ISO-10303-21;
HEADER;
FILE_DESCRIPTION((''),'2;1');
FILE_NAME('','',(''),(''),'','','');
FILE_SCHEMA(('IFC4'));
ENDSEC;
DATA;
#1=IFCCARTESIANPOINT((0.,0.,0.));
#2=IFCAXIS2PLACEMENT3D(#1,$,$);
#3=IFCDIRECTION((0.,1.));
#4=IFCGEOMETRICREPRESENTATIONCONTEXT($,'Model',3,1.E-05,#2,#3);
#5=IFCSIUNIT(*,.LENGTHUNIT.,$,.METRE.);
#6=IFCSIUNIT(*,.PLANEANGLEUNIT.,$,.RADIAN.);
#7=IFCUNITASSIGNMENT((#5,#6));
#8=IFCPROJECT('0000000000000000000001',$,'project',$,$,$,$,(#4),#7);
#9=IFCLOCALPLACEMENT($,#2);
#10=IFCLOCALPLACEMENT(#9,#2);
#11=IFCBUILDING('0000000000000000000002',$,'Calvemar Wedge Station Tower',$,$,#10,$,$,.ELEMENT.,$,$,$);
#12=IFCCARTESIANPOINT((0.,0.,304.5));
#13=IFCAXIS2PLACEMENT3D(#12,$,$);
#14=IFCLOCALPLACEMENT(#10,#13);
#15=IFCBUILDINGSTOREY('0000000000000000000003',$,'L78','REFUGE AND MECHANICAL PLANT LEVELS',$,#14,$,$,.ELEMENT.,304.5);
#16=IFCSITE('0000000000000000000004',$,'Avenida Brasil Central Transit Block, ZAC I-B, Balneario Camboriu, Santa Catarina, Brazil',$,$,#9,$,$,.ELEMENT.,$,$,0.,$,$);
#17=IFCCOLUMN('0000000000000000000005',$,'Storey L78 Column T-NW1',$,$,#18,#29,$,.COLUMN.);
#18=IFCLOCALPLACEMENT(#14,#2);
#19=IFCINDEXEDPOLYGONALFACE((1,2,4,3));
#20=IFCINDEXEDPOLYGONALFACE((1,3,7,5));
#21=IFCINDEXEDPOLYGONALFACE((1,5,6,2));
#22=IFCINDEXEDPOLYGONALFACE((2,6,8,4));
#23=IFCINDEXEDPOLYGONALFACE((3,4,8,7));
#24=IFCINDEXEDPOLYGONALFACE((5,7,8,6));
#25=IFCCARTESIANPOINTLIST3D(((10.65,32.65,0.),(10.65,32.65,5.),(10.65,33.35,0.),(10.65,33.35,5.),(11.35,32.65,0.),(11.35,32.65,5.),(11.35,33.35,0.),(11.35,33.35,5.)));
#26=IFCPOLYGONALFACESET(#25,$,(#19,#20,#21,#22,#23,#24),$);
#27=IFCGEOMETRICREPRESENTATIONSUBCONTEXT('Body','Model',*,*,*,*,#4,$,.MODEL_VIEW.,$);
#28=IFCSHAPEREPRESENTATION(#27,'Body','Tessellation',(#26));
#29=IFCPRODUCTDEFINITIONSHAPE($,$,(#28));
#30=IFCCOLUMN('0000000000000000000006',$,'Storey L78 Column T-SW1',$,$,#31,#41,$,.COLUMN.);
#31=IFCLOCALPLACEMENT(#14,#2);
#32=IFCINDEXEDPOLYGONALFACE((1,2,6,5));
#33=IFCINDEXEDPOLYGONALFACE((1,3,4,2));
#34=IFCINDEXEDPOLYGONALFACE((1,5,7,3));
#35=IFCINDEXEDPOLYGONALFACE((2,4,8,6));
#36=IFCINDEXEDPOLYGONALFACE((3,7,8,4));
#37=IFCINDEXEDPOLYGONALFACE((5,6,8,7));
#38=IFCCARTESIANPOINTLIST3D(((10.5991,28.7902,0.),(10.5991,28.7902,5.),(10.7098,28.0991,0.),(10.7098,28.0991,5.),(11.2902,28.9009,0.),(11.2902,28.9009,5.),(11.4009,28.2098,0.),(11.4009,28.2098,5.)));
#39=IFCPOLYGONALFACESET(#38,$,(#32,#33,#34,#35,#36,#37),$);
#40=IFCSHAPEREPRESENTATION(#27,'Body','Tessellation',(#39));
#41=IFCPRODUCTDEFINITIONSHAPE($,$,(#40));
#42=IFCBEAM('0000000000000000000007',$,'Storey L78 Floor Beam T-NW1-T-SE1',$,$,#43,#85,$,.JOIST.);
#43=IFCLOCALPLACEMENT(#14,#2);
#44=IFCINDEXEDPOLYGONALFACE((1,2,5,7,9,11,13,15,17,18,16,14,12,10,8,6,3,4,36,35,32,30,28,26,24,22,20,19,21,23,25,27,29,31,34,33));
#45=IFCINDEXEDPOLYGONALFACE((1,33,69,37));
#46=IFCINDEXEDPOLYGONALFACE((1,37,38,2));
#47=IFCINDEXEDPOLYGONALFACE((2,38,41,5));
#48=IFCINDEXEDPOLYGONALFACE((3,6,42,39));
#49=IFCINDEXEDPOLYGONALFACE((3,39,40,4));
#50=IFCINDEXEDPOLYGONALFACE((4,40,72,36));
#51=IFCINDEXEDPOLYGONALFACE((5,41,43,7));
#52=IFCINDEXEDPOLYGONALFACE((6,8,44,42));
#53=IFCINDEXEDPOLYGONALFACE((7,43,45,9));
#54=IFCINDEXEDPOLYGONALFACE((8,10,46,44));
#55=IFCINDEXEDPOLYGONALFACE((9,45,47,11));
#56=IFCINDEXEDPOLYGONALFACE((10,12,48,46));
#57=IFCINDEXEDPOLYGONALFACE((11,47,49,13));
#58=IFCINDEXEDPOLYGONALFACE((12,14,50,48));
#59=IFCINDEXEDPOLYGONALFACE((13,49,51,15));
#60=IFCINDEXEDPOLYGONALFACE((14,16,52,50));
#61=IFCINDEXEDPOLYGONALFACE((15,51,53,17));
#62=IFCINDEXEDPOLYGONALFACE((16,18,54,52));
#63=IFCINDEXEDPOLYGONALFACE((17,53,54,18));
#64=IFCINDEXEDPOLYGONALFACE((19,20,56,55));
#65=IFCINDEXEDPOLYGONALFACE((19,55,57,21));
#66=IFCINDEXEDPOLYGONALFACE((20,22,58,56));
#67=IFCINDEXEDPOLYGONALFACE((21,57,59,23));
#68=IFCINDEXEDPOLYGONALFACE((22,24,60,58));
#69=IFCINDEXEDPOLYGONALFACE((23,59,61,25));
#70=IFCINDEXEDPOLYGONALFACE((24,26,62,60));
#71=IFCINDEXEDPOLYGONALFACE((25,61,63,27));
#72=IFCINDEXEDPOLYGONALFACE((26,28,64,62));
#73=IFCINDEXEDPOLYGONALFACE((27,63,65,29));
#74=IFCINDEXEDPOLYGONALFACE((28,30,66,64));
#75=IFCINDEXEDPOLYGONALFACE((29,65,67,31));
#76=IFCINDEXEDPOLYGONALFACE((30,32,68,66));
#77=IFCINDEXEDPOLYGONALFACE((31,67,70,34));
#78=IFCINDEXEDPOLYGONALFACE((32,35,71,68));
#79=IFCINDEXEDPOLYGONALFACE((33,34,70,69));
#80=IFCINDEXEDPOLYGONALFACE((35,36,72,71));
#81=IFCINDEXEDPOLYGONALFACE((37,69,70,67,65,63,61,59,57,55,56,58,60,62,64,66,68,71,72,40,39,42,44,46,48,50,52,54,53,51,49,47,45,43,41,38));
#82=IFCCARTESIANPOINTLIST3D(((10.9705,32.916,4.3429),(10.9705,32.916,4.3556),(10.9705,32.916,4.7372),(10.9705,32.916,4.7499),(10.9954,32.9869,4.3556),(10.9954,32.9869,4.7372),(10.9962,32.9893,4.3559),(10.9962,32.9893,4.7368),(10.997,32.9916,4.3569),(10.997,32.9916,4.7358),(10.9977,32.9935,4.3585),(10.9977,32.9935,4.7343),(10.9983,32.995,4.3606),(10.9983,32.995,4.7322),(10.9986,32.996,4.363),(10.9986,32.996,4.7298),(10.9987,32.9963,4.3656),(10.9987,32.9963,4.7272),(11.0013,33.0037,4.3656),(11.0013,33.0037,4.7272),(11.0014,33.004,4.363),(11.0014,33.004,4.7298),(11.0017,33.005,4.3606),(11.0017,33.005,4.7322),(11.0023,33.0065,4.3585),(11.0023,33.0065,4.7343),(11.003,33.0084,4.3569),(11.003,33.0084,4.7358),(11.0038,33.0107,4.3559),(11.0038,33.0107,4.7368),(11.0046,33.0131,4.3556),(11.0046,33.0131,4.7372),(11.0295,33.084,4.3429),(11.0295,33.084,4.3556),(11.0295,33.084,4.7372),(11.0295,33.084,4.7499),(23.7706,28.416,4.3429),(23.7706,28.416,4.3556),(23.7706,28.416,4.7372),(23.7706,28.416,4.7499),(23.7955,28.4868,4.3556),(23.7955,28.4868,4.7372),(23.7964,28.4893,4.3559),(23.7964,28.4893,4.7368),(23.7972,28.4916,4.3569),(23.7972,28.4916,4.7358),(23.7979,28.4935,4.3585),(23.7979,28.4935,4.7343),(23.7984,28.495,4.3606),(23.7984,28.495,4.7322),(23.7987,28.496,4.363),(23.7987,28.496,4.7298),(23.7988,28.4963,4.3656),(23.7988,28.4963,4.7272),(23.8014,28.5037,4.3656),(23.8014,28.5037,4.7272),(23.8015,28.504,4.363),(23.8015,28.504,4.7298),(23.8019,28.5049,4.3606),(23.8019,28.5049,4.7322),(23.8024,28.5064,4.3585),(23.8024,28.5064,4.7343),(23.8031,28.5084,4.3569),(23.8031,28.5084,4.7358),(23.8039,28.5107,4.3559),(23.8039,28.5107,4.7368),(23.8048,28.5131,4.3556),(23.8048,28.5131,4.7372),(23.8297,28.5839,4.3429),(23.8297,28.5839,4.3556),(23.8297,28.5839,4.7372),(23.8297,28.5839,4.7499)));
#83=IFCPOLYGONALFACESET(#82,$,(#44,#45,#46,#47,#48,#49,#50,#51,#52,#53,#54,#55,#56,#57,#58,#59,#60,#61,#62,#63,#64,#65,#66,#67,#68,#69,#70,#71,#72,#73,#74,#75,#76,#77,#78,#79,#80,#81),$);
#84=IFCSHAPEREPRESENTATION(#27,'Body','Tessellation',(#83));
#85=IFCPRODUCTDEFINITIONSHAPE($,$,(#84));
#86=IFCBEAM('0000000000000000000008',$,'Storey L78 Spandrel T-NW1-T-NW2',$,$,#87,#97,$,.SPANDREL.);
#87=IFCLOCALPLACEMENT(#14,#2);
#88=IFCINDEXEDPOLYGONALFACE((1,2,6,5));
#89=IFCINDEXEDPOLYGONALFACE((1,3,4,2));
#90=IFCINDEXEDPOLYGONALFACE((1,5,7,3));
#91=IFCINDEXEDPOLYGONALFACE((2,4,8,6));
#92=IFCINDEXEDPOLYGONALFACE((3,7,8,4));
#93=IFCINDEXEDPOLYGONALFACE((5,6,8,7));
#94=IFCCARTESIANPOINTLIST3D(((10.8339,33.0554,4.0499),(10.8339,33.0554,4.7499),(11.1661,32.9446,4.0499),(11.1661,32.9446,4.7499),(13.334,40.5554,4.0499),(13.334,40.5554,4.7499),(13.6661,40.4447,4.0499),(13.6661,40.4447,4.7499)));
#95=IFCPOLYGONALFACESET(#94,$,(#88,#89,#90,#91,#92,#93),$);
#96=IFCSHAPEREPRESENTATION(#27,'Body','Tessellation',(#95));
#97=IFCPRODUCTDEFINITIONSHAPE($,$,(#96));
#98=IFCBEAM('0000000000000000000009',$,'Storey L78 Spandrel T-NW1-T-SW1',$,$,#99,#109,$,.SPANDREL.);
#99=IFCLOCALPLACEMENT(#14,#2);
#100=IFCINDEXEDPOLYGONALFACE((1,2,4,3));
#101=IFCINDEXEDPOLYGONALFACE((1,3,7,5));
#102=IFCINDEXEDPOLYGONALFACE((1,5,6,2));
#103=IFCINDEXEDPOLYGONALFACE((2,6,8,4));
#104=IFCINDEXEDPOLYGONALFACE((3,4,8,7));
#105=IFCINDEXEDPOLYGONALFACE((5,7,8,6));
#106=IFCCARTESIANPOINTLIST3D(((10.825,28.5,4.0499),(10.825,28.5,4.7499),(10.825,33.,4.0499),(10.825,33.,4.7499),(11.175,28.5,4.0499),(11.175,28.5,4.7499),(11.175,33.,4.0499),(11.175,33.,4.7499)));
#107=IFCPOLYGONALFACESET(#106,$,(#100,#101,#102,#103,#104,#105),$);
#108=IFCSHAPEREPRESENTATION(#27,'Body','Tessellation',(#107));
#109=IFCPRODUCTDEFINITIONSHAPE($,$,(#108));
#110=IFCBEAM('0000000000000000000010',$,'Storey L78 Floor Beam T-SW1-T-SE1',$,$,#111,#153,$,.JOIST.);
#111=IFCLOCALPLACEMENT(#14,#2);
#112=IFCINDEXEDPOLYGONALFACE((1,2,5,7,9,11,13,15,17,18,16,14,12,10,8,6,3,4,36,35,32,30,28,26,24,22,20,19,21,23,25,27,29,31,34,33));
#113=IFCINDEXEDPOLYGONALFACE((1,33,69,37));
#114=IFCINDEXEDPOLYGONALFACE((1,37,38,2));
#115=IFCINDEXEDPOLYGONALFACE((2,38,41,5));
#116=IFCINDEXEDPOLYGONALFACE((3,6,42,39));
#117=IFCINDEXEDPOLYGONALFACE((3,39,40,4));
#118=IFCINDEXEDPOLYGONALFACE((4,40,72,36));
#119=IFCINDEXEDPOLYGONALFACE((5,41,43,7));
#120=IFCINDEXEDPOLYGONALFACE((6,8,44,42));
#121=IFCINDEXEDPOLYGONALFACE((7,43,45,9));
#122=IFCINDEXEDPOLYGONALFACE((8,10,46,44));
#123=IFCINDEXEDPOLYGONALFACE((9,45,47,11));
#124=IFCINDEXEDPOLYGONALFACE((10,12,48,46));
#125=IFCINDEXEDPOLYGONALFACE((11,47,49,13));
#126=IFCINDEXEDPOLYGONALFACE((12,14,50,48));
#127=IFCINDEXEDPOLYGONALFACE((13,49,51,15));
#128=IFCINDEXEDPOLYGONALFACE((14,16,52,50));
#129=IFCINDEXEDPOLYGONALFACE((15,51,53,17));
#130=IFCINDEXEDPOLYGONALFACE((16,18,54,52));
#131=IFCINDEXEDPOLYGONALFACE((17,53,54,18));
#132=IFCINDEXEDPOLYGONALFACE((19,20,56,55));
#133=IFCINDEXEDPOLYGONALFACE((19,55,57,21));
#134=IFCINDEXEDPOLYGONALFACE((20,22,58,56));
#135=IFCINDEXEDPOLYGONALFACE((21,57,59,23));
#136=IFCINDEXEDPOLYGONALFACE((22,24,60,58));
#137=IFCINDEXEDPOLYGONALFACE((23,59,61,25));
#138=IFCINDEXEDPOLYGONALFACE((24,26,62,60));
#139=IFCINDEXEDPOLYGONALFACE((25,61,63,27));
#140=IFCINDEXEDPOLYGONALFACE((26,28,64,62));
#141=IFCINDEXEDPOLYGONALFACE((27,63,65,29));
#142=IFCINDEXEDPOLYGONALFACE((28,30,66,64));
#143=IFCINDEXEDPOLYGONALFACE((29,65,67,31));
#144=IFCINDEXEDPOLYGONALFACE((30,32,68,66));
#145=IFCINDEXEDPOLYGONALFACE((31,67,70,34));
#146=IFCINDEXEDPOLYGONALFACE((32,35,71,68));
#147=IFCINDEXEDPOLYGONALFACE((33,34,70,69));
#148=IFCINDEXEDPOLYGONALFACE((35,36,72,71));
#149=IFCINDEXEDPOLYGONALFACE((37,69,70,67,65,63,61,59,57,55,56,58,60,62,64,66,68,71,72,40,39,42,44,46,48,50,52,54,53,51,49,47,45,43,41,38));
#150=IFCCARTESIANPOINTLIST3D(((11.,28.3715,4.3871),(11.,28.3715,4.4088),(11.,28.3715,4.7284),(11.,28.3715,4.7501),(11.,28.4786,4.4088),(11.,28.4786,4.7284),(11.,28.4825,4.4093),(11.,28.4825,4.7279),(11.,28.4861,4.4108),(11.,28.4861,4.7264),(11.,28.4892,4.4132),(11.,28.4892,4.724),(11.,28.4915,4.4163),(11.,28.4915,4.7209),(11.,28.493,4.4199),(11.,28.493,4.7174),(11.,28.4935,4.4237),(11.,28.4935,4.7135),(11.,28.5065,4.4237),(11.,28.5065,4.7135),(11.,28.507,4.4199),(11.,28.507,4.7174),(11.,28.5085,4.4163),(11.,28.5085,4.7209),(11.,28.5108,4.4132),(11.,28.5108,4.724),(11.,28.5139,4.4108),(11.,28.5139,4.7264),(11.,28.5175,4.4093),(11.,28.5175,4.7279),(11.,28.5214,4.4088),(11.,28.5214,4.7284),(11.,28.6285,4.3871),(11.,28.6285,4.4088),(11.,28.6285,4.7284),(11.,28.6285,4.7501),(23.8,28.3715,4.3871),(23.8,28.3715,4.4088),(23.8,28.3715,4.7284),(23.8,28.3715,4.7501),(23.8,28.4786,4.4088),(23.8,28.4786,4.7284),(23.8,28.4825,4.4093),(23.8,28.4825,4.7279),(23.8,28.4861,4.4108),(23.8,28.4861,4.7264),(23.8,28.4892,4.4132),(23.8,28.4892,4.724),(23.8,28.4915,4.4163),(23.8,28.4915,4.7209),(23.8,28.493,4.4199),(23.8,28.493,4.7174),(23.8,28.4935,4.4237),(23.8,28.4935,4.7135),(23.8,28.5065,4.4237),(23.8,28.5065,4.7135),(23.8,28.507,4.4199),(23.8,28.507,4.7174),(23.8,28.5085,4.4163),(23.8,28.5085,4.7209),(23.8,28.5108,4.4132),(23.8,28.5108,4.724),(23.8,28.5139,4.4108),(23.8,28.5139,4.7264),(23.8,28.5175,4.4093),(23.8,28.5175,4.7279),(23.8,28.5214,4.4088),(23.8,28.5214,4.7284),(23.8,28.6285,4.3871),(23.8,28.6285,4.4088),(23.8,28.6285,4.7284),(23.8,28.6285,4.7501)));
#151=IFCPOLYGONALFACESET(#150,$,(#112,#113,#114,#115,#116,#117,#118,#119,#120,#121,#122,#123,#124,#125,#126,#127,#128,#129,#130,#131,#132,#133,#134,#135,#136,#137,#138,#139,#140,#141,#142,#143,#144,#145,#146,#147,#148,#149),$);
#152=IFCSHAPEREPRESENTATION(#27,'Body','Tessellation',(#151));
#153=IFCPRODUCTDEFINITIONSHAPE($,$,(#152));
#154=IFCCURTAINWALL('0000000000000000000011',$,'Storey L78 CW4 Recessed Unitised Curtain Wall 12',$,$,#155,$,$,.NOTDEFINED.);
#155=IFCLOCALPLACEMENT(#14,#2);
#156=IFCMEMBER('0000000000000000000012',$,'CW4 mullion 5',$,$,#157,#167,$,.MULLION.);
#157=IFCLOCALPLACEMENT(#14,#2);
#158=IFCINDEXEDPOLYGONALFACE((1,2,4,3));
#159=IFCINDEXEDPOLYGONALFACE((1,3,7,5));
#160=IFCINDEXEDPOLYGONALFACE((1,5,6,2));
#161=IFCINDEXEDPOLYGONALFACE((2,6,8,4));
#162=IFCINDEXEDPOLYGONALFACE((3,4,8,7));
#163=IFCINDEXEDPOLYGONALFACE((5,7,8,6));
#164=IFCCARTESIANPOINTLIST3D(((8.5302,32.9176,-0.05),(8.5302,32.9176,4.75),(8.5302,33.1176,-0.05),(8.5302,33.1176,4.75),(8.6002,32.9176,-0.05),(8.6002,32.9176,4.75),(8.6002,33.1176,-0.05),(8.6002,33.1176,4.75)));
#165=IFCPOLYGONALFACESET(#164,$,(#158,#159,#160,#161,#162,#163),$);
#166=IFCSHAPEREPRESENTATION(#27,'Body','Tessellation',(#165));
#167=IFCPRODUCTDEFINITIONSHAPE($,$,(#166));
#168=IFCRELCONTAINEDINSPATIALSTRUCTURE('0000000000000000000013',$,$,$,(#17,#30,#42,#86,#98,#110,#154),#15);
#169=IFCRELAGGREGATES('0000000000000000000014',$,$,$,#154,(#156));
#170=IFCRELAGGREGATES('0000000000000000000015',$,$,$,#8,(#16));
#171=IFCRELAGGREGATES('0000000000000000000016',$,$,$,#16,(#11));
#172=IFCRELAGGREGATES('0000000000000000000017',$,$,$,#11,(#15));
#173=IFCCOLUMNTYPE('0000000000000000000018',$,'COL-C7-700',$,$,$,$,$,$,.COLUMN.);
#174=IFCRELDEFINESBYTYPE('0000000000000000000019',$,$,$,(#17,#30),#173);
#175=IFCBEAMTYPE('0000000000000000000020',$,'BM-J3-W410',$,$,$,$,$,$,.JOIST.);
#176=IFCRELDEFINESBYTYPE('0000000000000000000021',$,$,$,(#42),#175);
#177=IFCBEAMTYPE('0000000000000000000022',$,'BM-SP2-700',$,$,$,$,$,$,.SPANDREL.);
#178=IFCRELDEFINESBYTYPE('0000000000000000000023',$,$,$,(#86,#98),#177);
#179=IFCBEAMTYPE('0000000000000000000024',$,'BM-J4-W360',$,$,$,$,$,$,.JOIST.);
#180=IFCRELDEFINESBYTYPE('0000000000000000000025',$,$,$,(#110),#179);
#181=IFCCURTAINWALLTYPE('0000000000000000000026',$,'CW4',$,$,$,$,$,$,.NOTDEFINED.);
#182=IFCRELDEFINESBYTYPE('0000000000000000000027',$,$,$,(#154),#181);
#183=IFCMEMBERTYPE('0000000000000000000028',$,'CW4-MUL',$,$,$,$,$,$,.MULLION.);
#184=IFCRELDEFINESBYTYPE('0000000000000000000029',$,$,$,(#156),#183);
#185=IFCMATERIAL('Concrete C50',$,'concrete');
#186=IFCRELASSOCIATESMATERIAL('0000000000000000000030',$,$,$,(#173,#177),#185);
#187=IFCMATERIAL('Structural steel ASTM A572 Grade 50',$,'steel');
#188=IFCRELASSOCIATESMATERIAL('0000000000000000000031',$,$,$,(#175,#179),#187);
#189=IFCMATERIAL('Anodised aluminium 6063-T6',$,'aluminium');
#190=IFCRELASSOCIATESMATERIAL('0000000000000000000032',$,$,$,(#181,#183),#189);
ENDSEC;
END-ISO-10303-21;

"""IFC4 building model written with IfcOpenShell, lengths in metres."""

from ifc_helpers import new_model, si_unit, direction, frame, origin, origin_2d, place, context, subcontext, project, spatial, rectangle, i_section, extrude, source, transform, mapped, material, material_profile, profile_set, type_object, element, aggregate, save


model = new_model("IFC4")

# Units and contexts
model_context = context("Model", 3, precision=1e-05, world=origin(), true_north=direction((0.0, 1.0)))
body_context = subcontext(model_context, "Body", "Model", "MODEL_VIEW")
ifc_project = project(units=[si_unit("LENGTHUNIT", "METRE"), si_unit("PLANEANGLEUNIT", "RADIAN")], contexts=[model_context])

# Site, building, storey
site_placement = place(None, origin())
site = spatial("IfcSite", under=ifc_project, at=site_placement, Name="Avenida Brasil Central Transit Block, ZAC I-B, Balneario Camboriu, Santa Catarina, Brazil", CompositionType="ELEMENT", RefElevation=0.0)
building_placement = place(site_placement, origin())
building = spatial("IfcBuilding", under=site, at=building_placement, Name="Calvemar Wedge Station Tower", CompositionType="ELEMENT")
storey_placement = place(building_placement, frame((0.0, 0.0, 304.5)))
storey = spatial("IfcBuildingStorey", under=building, at=storey_placement, Name="L78", Description="REFUGE AND MECHANICAL PLANT LEVELS", CompositionType="ELEMENT", Elevation=304.5)

# Columns
ifc_material_1 = material(Name="Concrete C50", Category="concrete")
ifc_material_profile_1 = material_profile(ifc_material_1, rectangle(XDim=0.7, YDim=0.7, at=origin_2d()), Name="RC700x700")
ifc_profile_set_1 = profile_set([ifc_material_profile_1], Name="Concrete C50")
column_type = type_object("IfcColumnType", Name="COL-C7-700", PredefinedType="COLUMN", material=ifc_profile_set_1)
shared_shape_1 = source(origin(), body_context, "Body", "SweptSolid", [
    extrude(rectangle(XDim=0.7, YDim=0.7, at=origin_2d()), origin(), (0.0, 0.0, 1.0), 5.0),
])
for number, where, z_axis, x_axis, name in (
    (1, (11.0, 33.0, 0.0), (0.0, 0.0, 1.0), (1.0, 0.0, 0.0), "Storey L78 Column T-NW1"),
    (2, (11.0, 28.5, 0.0), (0.0, 0.0, 1.0), (0.158158, -0.987414, 0.0), "Storey L78 Column T-SW1"),
):
    element("IfcColumn", number, at=place(storey_placement, frame(where, z_axis=z_axis, x_axis=x_axis)), inside=storey, type_object=column_type, Name=name, PredefinedType="COLUMN", context=body_context, shape_type="MappedRepresentation", body=[
        mapped(shared_shape_1, transform((0.0, 0.0, 0.0), scale=1.0)),
    ])

# Beams
ifc_material_2 = material(Name="Structural steel ASTM A572 Grade 50", Category="steel")
ifc_material_profile_2 = material_profile(ifc_material_2, i_section(OverallWidth=0.178, OverallDepth=0.407, WebThickness=0.0078, FlangeThickness=0.0127, FilletRadius=0.01, at=origin_2d()), Name="W410x60")
ifc_profile_set_2 = profile_set([ifc_material_profile_2], Name="Structural steel ASTM A572 Grade 50")
beam_type_1 = type_object("IfcBeamType", Name="BM-J3-W410", PredefinedType="JOIST", material=ifc_profile_set_2)
shared_shape_2 = source(origin(), body_context, "Body", "SweptSolid", [
    extrude(i_section(OverallWidth=0.178, OverallDepth=0.407, WebThickness=0.0078, FlangeThickness=0.0127, FilletRadius=0.01, at=origin_2d()), origin(), (0.0, 0.0, 1.0), 13.5681),
])
beam_1_placement = place(storey_placement, frame((11.0, 33.0, 4.5464), z_axis=(0.943398, -0.331662, 0.0), x_axis=(0.331662, 0.943398, 0.0)))
element("IfcBeam", 3, at=beam_1_placement, inside=storey, type_object=beam_type_1, Name="Storey L78 Floor Beam T-NW1-T-SE1", PredefinedType="JOIST", context=body_context, shape_type="MappedRepresentation", body=[
    mapped(shared_shape_2, transform((0.0, 0.0, 0.0), scale=1.0)),
])
ifc_material_profile_3 = material_profile(ifc_material_1, rectangle(XDim=0.3501, YDim=0.7, at=origin_2d()), Name="RC350x700")
ifc_profile_set_3 = profile_set([ifc_material_profile_3], Name="Concrete C50")
beam_type_2 = type_object("IfcBeamType", Name="BM-SP2-700", PredefinedType="SPANDREL", material=ifc_profile_set_3)
shared_shape_3 = source(origin(), body_context, "Body", "SweptSolid", [
    extrude(rectangle(XDim=0.3501, YDim=0.7, at=origin_2d()), origin(), (0.0, 0.0, 1.0), 7.9058),
])
beam_2_placement = place(storey_placement, frame((11.0, 33.0, 4.3999), z_axis=(0.316228, 0.948683, 0.0), x_axis=(-0.948683, 0.316228, 0.0)))
element("IfcBeam", 4, at=beam_2_placement, inside=storey, type_object=beam_type_2, Name="Storey L78 Spandrel T-NW1-T-NW2", PredefinedType="SPANDREL", context=body_context, shape_type="MappedRepresentation", body=[
    mapped(shared_shape_3, transform((0.0, 0.0, 0.0), scale=1.0)),
])
shared_shape_4 = source(origin(), body_context, "Body", "SweptSolid", [
    extrude(rectangle(XDim=0.3501, YDim=0.7, at=origin_2d()), origin(), (0.0, 0.0, 1.0), 4.5),
])
beam_3_placement = place(storey_placement, frame((11.0, 33.0, 4.3999), z_axis=(0.0, -1.0, 0.0), x_axis=(1.0, 0.0, 0.0)))
element("IfcBeam", 5, at=beam_3_placement, inside=storey, type_object=beam_type_2, Name="Storey L78 Spandrel T-NW1-T-SW1", PredefinedType="SPANDREL", context=body_context, shape_type="MappedRepresentation", body=[
    mapped(shared_shape_4, transform((0.0, 0.0, 0.0), scale=1.0)),
])
ifc_material_profile_4 = material_profile(ifc_material_2, i_section(OverallWidth=0.2571, OverallDepth=0.363, WebThickness=0.0129, FlangeThickness=0.0217, FilletRadius=0.0149, at=origin_2d()), Name="W360x122")
ifc_profile_set_4 = profile_set([ifc_material_profile_4], Name="Structural steel ASTM A572 Grade 50")
beam_type_3 = type_object("IfcBeamType", Name="BM-J4-W360", PredefinedType="JOIST", material=ifc_profile_set_4)
shared_shape_5 = source(origin(), body_context, "Body", "SweptSolid", [
    extrude(i_section(OverallWidth=0.2571, OverallDepth=0.363, WebThickness=0.0129, FlangeThickness=0.0217, FilletRadius=0.0149, at=origin_2d()), origin(), (0.0, 0.0, 1.0), 12.8),
])
beam_4_placement = place(storey_placement, frame((11.0, 28.5, 4.5686), z_axis=(1.0, 0.0, 0.0), x_axis=(0.0, 1.0, 0.0)))
element("IfcBeam", 6, at=beam_4_placement, inside=storey, type_object=beam_type_3, Name="Storey L78 Floor Beam T-SW1-T-SE1", PredefinedType="JOIST", context=body_context, shape_type="MappedRepresentation", body=[
    mapped(shared_shape_5, transform((0.0, 0.0, 0.0), scale=1.0)),
])

# Curtain wall, member
ifc_material_3 = material(Name="Anodised aluminium 6063-T6", Category="aluminium")
curtain_wall_type = type_object("IfcCurtainWallType", Name="CW4", PredefinedType="NOTDEFINED", material=ifc_material_3)
curtain_wall_placement = place(storey_placement, origin())
curtain_wall = element("IfcCurtainWall", 7, at=curtain_wall_placement, inside=storey, type_object=curtain_wall_type, Name="Storey L78 CW4 Recessed Unitised Curtain Wall 12", PredefinedType="NOTDEFINED")
ifc_material_profile_5 = material_profile(ifc_material_3, rectangle(XDim=0.0701, YDim=0.2, at=origin_2d()), Name="AL-MUL-70x200")
ifc_profile_set_5 = profile_set([ifc_material_profile_5], Name="Anodised aluminium 6063-T6")
member_type = type_object("IfcMemberType", Name="CW4-MUL", PredefinedType="MULLION", material=ifc_profile_set_5)
shared_shape_6 = source(origin(), body_context, "Body", "SweptSolid", [
    extrude(rectangle(XDim=0.0701, YDim=0.2, at=origin_2d()), origin(), (0.0, 0.0, 1.0), 4.8),
])
member_placement = place(storey_placement, frame((8.5652, 33.0176, -0.05), z_axis=(0.0, 0.0, 1.0), x_axis=(1.0, 0.0, 0.0)))
member = element("IfcMember", 8, at=member_placement, type_object=member_type, Name="CW4 mullion 5", PredefinedType="MULLION", context=body_context, shape_type="MappedRepresentation", body=[
    mapped(shared_shape_6, transform((0.0, 0.0, 0.0), scale=1.0)),
])
aggregate(curtain_wall, [member])

save(model, "model.ifc")
